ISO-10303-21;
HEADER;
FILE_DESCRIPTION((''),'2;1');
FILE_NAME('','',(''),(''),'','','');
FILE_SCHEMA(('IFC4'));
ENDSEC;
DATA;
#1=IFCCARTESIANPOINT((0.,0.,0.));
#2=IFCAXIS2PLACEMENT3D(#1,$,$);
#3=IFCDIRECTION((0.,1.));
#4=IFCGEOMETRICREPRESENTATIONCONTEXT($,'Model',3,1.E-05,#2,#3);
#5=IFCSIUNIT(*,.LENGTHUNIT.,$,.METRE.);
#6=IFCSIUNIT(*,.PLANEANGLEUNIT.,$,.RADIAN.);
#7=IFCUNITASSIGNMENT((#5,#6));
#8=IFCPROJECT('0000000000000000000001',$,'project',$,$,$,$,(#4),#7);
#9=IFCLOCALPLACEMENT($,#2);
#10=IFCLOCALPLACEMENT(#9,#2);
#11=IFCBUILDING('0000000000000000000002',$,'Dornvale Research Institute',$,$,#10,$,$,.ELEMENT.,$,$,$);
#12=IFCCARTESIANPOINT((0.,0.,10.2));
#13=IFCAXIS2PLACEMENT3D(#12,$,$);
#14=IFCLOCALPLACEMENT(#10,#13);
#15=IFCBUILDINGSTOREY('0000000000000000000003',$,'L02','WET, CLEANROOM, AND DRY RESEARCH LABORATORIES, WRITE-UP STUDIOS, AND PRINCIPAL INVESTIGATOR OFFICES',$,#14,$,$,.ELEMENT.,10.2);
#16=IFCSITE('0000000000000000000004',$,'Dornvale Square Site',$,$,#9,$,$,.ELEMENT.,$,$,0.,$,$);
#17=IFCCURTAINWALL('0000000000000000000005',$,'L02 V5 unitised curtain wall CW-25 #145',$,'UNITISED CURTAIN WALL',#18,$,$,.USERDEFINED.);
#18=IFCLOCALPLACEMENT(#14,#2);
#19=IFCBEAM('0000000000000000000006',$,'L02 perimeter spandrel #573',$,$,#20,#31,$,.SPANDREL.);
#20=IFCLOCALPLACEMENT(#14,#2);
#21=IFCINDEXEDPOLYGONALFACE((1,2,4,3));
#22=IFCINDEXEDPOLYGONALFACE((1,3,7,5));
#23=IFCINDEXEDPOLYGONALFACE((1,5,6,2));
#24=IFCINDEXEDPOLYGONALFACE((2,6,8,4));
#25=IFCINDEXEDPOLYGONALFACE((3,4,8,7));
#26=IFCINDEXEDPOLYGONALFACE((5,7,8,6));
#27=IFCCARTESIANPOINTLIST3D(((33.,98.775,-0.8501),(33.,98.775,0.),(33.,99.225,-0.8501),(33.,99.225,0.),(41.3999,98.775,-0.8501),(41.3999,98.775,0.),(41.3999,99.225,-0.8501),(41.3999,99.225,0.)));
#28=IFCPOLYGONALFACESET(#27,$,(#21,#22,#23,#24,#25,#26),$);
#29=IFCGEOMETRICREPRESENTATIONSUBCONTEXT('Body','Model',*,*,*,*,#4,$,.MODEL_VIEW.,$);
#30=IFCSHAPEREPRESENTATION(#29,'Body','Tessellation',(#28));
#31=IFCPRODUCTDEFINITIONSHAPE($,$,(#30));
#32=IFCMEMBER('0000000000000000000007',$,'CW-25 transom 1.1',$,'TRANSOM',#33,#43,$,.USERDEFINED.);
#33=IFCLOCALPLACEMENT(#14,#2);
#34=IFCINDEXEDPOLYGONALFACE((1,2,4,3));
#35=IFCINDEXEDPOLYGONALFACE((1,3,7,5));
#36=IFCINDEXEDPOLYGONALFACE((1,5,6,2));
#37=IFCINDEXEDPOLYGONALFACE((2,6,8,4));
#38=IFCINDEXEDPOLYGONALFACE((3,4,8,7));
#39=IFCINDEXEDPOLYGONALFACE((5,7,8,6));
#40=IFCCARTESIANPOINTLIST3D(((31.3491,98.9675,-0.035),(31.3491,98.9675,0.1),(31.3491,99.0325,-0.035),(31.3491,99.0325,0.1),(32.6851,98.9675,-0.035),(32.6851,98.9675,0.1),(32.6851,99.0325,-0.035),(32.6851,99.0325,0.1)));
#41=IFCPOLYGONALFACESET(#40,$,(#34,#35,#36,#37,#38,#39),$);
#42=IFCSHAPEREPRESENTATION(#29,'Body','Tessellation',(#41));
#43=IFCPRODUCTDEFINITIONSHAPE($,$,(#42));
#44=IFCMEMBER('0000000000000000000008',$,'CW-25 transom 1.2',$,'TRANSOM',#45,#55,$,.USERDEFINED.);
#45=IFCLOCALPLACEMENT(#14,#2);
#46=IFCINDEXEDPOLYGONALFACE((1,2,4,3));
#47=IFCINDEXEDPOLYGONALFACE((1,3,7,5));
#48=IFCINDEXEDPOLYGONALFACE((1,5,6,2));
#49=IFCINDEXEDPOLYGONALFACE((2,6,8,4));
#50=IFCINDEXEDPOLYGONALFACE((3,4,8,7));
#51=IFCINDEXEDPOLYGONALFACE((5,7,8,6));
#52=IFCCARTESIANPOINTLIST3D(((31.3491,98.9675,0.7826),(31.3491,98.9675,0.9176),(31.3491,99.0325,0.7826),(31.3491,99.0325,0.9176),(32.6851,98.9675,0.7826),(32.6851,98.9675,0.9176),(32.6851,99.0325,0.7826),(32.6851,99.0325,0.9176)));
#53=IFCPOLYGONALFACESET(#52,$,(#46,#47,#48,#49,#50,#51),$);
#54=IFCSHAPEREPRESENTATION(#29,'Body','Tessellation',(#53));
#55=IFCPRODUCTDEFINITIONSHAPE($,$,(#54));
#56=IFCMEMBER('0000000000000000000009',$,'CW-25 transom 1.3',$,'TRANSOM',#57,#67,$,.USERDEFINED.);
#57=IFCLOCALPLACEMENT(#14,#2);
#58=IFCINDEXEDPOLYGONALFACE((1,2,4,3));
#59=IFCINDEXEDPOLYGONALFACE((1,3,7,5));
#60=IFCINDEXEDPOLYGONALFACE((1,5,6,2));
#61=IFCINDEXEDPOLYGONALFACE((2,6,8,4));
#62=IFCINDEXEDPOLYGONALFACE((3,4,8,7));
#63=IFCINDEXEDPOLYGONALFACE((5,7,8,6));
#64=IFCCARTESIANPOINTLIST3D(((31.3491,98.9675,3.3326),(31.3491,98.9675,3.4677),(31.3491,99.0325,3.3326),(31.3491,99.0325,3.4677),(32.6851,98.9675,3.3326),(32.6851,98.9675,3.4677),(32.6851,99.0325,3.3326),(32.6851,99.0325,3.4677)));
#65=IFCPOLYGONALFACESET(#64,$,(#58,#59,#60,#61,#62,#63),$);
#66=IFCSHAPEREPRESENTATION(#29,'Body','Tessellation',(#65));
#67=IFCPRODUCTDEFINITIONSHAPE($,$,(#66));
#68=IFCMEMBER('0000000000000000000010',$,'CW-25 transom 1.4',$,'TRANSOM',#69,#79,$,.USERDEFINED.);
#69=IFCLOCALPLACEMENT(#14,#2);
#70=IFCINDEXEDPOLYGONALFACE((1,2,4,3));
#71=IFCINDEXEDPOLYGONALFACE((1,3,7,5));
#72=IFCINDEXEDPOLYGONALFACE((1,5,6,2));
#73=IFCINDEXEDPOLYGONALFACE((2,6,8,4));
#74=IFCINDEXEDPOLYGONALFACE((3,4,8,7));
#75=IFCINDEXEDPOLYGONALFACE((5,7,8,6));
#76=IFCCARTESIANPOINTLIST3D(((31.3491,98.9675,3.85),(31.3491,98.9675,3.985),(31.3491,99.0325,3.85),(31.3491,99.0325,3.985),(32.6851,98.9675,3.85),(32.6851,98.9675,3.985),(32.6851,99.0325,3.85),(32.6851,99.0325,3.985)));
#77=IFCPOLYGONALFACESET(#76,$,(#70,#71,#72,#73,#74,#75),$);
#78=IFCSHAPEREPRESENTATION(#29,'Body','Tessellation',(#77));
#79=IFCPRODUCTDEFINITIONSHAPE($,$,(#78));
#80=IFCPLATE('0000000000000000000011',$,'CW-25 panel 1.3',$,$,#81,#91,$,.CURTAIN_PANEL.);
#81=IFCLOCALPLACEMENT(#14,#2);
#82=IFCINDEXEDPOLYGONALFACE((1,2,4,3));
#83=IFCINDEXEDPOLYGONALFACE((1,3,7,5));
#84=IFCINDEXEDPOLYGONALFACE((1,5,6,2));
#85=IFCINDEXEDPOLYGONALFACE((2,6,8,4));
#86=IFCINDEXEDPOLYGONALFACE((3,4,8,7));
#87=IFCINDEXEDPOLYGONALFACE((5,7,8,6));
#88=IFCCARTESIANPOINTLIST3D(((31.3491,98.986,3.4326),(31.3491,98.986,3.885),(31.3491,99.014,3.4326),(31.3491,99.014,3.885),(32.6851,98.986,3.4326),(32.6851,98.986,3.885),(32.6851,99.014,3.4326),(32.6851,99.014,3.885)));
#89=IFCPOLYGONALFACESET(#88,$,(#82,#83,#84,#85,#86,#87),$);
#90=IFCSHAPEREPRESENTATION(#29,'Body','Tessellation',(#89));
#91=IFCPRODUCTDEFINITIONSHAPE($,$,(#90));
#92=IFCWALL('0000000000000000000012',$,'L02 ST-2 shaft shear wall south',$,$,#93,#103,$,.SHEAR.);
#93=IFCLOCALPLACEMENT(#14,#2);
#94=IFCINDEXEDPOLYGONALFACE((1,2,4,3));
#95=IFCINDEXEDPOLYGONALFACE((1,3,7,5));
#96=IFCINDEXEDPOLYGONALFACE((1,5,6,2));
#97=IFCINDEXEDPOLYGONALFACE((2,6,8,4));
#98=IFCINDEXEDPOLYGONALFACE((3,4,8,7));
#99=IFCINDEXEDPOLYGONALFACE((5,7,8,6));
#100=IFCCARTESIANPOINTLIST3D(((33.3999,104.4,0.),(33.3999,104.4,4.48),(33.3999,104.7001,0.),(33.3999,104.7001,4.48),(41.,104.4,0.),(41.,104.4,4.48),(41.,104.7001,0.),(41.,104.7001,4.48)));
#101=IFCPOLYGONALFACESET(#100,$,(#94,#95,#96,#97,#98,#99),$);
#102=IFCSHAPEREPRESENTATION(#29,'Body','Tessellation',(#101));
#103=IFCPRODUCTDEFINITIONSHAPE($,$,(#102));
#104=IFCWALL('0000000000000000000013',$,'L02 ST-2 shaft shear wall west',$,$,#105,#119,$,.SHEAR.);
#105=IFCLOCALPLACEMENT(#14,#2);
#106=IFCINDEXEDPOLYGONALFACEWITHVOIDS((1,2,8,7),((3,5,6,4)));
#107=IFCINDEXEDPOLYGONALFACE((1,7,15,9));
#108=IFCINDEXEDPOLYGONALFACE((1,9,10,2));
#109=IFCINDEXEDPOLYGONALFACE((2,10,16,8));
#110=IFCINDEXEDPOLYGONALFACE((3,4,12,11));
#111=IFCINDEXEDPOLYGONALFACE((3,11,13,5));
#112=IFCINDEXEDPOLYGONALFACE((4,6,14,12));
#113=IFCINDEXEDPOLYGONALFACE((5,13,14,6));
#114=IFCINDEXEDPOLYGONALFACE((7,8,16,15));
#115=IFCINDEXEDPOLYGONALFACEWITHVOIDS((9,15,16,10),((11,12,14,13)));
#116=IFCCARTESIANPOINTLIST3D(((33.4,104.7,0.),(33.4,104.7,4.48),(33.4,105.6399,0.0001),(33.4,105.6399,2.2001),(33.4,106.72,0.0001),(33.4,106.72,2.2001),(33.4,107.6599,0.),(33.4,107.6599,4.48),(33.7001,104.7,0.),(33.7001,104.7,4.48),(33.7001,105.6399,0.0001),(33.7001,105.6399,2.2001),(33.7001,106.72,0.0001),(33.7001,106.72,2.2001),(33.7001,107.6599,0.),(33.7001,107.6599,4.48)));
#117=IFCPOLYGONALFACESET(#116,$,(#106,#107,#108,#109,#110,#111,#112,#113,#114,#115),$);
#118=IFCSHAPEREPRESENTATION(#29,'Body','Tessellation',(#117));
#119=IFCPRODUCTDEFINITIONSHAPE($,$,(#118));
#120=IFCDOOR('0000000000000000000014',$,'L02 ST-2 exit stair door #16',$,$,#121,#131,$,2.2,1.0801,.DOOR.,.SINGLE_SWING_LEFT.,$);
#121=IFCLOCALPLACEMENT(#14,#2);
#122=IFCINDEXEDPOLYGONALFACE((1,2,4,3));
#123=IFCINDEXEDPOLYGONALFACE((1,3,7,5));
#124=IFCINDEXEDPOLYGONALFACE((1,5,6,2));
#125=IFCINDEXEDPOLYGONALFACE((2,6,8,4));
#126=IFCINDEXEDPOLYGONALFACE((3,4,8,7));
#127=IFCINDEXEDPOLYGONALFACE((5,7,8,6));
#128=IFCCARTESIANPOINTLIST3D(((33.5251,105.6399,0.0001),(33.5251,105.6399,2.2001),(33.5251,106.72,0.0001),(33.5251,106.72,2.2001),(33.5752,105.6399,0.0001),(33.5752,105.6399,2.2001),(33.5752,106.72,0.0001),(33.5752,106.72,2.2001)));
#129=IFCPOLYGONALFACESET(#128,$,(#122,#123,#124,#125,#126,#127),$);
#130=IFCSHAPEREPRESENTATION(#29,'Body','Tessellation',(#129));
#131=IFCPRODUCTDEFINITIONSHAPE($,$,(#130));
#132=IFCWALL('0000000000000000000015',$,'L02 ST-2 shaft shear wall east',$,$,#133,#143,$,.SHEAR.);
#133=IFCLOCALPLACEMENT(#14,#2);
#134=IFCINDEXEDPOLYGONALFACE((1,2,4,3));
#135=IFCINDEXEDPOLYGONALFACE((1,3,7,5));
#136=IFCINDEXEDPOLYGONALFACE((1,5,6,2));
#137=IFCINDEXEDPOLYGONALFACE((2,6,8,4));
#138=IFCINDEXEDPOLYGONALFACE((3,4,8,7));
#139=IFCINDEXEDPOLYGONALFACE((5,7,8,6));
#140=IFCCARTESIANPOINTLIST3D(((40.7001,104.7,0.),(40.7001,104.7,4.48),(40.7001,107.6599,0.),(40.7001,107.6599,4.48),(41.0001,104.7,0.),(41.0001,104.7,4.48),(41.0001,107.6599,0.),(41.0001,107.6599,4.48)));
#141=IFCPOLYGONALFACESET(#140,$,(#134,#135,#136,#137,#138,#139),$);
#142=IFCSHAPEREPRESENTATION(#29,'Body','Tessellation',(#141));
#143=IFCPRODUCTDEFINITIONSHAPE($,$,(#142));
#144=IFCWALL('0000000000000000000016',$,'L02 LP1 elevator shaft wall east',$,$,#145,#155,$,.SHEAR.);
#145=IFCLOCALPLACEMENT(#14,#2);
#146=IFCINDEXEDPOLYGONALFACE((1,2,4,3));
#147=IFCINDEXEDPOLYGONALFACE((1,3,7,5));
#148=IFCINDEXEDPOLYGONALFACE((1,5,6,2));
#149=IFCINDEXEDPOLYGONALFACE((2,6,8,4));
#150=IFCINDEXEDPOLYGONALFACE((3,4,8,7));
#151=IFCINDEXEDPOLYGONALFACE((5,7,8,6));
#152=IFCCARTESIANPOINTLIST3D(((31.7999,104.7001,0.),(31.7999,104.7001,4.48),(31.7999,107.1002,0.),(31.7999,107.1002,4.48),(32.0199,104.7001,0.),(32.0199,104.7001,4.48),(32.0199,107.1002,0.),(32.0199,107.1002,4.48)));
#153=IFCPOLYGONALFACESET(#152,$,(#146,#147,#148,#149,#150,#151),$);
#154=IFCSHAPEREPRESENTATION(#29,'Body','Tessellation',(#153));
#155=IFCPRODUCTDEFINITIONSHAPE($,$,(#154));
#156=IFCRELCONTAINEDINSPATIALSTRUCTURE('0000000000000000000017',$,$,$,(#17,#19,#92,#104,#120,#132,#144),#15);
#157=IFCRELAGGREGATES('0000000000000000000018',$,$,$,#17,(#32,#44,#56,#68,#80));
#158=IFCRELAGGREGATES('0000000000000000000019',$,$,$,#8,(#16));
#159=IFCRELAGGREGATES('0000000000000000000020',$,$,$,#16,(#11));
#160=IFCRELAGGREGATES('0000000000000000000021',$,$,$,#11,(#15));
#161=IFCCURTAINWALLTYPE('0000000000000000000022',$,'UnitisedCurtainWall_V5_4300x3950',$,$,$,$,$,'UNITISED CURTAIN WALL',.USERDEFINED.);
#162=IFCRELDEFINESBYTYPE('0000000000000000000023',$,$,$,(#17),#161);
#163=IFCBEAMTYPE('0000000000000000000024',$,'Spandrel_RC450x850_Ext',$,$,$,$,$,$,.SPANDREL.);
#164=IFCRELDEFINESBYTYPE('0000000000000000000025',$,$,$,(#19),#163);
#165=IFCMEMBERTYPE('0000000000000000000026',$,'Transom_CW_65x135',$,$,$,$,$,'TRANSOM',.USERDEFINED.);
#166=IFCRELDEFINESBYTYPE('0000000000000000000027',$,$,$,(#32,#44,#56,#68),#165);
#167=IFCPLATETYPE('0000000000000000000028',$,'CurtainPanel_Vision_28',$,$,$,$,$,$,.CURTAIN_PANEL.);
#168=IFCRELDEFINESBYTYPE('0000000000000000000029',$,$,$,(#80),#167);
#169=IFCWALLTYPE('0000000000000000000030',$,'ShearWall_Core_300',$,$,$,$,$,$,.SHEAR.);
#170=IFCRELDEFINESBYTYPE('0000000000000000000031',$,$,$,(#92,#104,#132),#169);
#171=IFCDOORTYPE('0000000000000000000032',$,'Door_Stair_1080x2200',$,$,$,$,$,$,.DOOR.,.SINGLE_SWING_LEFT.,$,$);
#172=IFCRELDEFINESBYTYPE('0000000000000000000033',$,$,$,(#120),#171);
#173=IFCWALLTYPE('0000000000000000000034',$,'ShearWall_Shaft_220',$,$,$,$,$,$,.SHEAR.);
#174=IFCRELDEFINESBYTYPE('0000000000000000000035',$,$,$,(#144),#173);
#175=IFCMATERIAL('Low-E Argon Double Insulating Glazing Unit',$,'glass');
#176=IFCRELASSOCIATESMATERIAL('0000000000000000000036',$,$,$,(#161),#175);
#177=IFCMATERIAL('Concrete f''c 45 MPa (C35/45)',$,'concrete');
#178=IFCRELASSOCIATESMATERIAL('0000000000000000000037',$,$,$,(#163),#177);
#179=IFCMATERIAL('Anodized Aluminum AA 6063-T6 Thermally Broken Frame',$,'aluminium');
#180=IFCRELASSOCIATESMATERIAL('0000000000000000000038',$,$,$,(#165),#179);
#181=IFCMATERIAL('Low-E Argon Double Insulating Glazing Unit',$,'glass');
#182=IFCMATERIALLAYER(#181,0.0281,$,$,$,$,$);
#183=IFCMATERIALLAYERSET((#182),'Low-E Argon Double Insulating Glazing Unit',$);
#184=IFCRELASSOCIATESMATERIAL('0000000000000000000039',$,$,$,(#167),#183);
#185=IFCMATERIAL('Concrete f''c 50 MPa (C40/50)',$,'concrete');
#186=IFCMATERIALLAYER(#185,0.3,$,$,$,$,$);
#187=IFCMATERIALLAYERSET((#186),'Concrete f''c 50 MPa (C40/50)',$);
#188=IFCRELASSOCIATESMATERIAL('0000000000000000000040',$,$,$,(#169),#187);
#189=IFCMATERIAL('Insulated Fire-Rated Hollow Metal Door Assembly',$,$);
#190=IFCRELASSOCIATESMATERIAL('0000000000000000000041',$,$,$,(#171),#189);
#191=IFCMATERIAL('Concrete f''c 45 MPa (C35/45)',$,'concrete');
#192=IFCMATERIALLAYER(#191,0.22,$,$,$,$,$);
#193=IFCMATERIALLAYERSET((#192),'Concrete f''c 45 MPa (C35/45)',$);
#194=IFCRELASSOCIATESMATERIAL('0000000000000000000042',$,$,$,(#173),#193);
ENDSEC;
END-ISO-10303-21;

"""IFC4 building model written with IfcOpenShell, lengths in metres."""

from ifc_helpers import new_model, si_unit, direction, frame, frame_2d, origin, origin_2d, place, context, subcontext, project, spatial, rectangle, extrude, material, layer, layer_set, material_profile, profile_set, type_object, element, fill, aggregate, save


model = new_model("IFC4")

# Units and contexts
model_context = context("Model", 3, precision=1e-05, world=origin(), true_north=direction((0.0, 1.0)))
body_context = subcontext(model_context, "Body", "Model", "MODEL_VIEW")
ifc_project = project(units=[si_unit("LENGTHUNIT", "METRE"), si_unit("PLANEANGLEUNIT", "RADIAN")], contexts=[model_context])

# Site, building, storey
site_placement = place(None, origin())
site = spatial("IfcSite", under=ifc_project, at=site_placement, Name="Dornvale Square Site", CompositionType="ELEMENT", RefElevation=0.0)
building_placement = place(site_placement, origin())
building = spatial("IfcBuilding", under=site, at=building_placement, Name="Dornvale Research Institute", CompositionType="ELEMENT")
storey_placement = place(building_placement, frame((0.0, 0.0, 10.2)))
storey = spatial("IfcBuildingStorey", under=building, at=storey_placement, Name="L02", Description="WET, CLEANROOM, AND DRY RESEARCH LABORATORIES, WRITE-UP STUDIOS, AND PRINCIPAL INVESTIGATOR OFFICES", CompositionType="ELEMENT", Elevation=10.2)

# Curtain wall
ifc_material_1 = material(Name="Low-E Argon Double Insulating Glazing Unit", Category="glass")
curtain_wall_type = type_object("IfcCurtainWallType", Name="UnitisedCurtainWall_V5_4300x3950", ElementType="UNITISED CURTAIN WALL", PredefinedType="USERDEFINED", material=ifc_material_1)
curtain_wall_placement = place(storey_placement, origin())
curtain_wall = element("IfcCurtainWall", 1, at=curtain_wall_placement, inside=storey, type_object=curtain_wall_type, Name="L02 V5 unitised curtain wall CW-25 #145", ObjectType="UNITISED CURTAIN WALL", PredefinedType="USERDEFINED")

# Beam
ifc_material_2 = material(Name="Concrete f'c 45 MPa (C35/45)", Category="concrete")
ifc_material_profile_1 = material_profile(ifc_material_2, rectangle(XDim=0.45, YDim=0.8501, at=origin_2d()), Name="RC 450x850")
ifc_profile_set_1 = profile_set([ifc_material_profile_1], Name="Concrete f'c 45 MPa (C35/45)")
beam_type_1 = type_object("IfcBeamType", Name="Spandrel_RC450x850_Ext", PredefinedType="SPANDREL", material=ifc_profile_set_1)
beam_1_placement = place(storey_placement, frame((33.0, 99.0, -0.425), z_axis=(1.0, 0.0, 0.0), x_axis=(0.0, 1.0, 0.0)))
element("IfcBeam", 2, at=beam_1_placement, inside=storey, type_object=beam_type_1, Name="L02 perimeter spandrel #573", PredefinedType="SPANDREL", context=body_context, shape_type="SweptSolid", body=[
    extrude(rectangle(XDim=0.45, YDim=0.8501, at=origin_2d()), origin(), (0.0, 0.0, 1.0), 8.3999),
])

# Members
ifc_material_3 = material(Name="Anodized Aluminum AA 6063-T6 Thermally Broken Frame", Category="aluminium")
ifc_material_profile_2 = material_profile(ifc_material_3, rectangle(XDim=0.0649, YDim=0.135, at=origin_2d()), Name="ALU TRANSOM 65x135")
ifc_profile_set_2 = profile_set([ifc_material_profile_2], Name="Anodized Aluminum AA 6063-T6 Thermally Broken Frame")
member_type_1 = type_object("IfcMemberType", Name="Transom_CW_65x135", ElementType="TRANSOM", PredefinedType="USERDEFINED", material=ifc_profile_set_2)
member_1_placement = place(storey_placement, frame((32.6851, 99.0, 0.0325), z_axis=(-1.0, 0.0, 0.0), x_axis=(0.0, -1.0, 0.0)))
member_1 = element("IfcMember", 3, at=member_1_placement, type_object=member_type_1, Name="CW-25 transom 1.1", ObjectType="TRANSOM", PredefinedType="USERDEFINED", context=body_context, shape_type="SweptSolid", body=[
    extrude(rectangle(XDim=0.0649, YDim=0.135, at=origin_2d()), origin(), (0.0, 0.0, 1.0), 1.3359),
])
member_2_placement = place(storey_placement, frame((32.6851, 99.0, 0.8501), z_axis=(-1.0, 0.0, 0.0), x_axis=(0.0, -1.0, 0.0)))
member_2 = element("IfcMember", 4, at=member_2_placement, type_object=member_type_1, Name="CW-25 transom 1.2", ObjectType="TRANSOM", PredefinedType="USERDEFINED", context=body_context, shape_type="SweptSolid", body=[
    extrude(rectangle(XDim=0.0649, YDim=0.135, at=origin_2d()), origin(), (0.0, 0.0, 1.0), 1.3359),
])
member_3_placement = place(storey_placement, frame((32.6851, 99.0, 3.4001), z_axis=(-1.0, 0.0, 0.0), x_axis=(0.0, -1.0, 0.0)))
member_3 = element("IfcMember", 5, at=member_3_placement, type_object=member_type_1, Name="CW-25 transom 1.3", ObjectType="TRANSOM", PredefinedType="USERDEFINED", context=body_context, shape_type="SweptSolid", body=[
    extrude(rectangle(XDim=0.0649, YDim=0.135, at=origin_2d()), origin(), (0.0, 0.0, 1.0), 1.3359),
])
member_4_placement = place(storey_placement, frame((32.6851, 99.0, 3.9175), z_axis=(-1.0, 0.0, 0.0), x_axis=(0.0, -1.0, 0.0)))
member_4 = element("IfcMember", 6, at=member_4_placement, type_object=member_type_1, Name="CW-25 transom 1.4", ObjectType="TRANSOM", PredefinedType="USERDEFINED", context=body_context, shape_type="SweptSolid", body=[
    extrude(rectangle(XDim=0.0649, YDim=0.135, at=origin_2d()), origin(), (0.0, 0.0, 1.0), 1.3359),
])

# Plate
ifc_material_4 = material(Name="Low-E Argon Double Insulating Glazing Unit", Category="glass")
ifc_layer_1 = layer(ifc_material_4, 0.0281)
ifc_layer_set_1 = layer_set([ifc_layer_1], Name="Low-E Argon Double Insulating Glazing Unit")
plate_type = type_object("IfcPlateType", Name="CurtainPanel_Vision_28", PredefinedType="CURTAIN_PANEL", material=ifc_layer_set_1)
plate_placement = place(storey_placement, frame((32.0171, 99.0, 3.4326), z_axis=(0.0, 0.0, 1.0), x_axis=(-1.0, 0.0, 0.0)))
plate = element("IfcPlate", 7, at=plate_placement, type_object=plate_type, Name="CW-25 panel 1.3", PredefinedType="CURTAIN_PANEL", context=body_context, shape_type="SweptSolid", body=[
    extrude(rectangle(XDim=1.3359, YDim=0.0281, at=origin_2d()), origin(), (0.0, 0.0, 1.0), 0.4524),
])
aggregate(curtain_wall, [member_1, member_2, member_3, member_4, plate])

# Wall
ifc_material_5 = material(Name="Concrete f'c 50 MPa (C40/50)", Category="concrete")
ifc_layer_2 = layer(ifc_material_5, 0.3)
ifc_layer_set_2 = layer_set([ifc_layer_2], Name="Concrete f'c 50 MPa (C40/50)")
wall_type_1 = type_object("IfcWallType", Name="ShearWall_Core_300", PredefinedType="SHEAR", material=ifc_layer_set_2)
wall_1_placement = place(storey_placement, frame((33.3999, 104.55, 0.0), z_axis=(0.0, 0.0, 1.0), x_axis=(1.0, 0.0, 0.0)))
element("IfcWall", 8, at=wall_1_placement, inside=storey, type_object=wall_type_1, Name="L02 ST-2 shaft shear wall south", PredefinedType="SHEAR", context=body_context, shape_type="SweptSolid", body=[
    extrude(rectangle(XDim=7.6001, YDim=0.3, at=frame_2d((3.8, 0.0))), origin(), (0.0, 0.0, 1.0), 4.48),
])

# Wall, opening, door
wall_2_placement = place(storey_placement, frame((33.55, 104.7, 0.0), z_axis=(0.0, 0.0, 1.0), x_axis=(0.0, 1.0, 0.0)))
wall_2 = element("IfcWall", 9, at=wall_2_placement, inside=storey, type_object=wall_type_1, Name="L02 ST-2 shaft shear wall west", PredefinedType="SHEAR", context=body_context, shape_type="SweptSolid", body=[
    extrude(rectangle(XDim=2.96, YDim=0.3, at=frame_2d((1.48, 0.0))), origin(), (0.0, 0.0, 1.0), 4.48),
])
opening_1_placement = place(wall_2_placement, frame((0.9399, 0.0, 0.0)))
opening_1 = element("IfcOpeningElement", 10, at=opening_1_placement, cuts=wall_2, PredefinedType="OPENING", context=body_context, shape_type="SweptSolid", body=[
    extrude(rectangle(XDim=1.0801, YDim=2.2, at=frame_2d((0.54, 1.1001))), frame((0.0, 0.165, 0.0), z_axis=(0.0, -1.0, 0.0), x_axis=(1.0, 0.0, 0.0)), (0.0, 0.0, 1.0), 0.3301),
])
ifc_material_6 = material(Name="Insulated Fire-Rated Hollow Metal Door Assembly")
door_type = type_object("IfcDoorType", Name="Door_Stair_1080x2200", OperationType="SINGLE_SWING_LEFT", PredefinedType="DOOR", material=ifc_material_6)
door_placement = place(opening_1_placement, origin())
door = element("IfcDoor", 11, at=door_placement, inside=storey, type_object=door_type, Name="L02 ST-2 exit stair door #16", OperationType="SINGLE_SWING_LEFT", OverallHeight=2.2, OverallWidth=1.0801, PredefinedType="DOOR", context=body_context, shape_type="SweptSolid", body=[
    extrude(rectangle(XDim=1.0801, YDim=2.2, at=frame_2d((0.54, 1.1001))), frame((0.0, 0.0249, 0.0), z_axis=(0.0, -1.0, 0.0), x_axis=(1.0, 0.0, 0.0)), (0.0, 0.0, 1.0), 0.05),
])
fill(opening_1, door)

# Walls
wall_3_placement = place(storey_placement, frame((40.8501, 104.7, 0.0), z_axis=(0.0, 0.0, 1.0), x_axis=(0.0, 1.0, 0.0)))
element("IfcWall", 12, at=wall_3_placement, inside=storey, type_object=wall_type_1, Name="L02 ST-2 shaft shear wall east", PredefinedType="SHEAR", context=body_context, shape_type="SweptSolid", body=[
    extrude(rectangle(XDim=2.96, YDim=0.3, at=frame_2d((1.48, 0.0))), origin(), (0.0, 0.0, 1.0), 4.48),
])
ifc_material_7 = material(Name="Concrete f'c 45 MPa (C35/45)", Category="concrete")
ifc_layer_3 = layer(ifc_material_7, 0.22)
ifc_layer_set_3 = layer_set([ifc_layer_3], Name="Concrete f'c 45 MPa (C35/45)")
wall_type_2 = type_object("IfcWallType", Name="ShearWall_Shaft_220", PredefinedType="SHEAR", material=ifc_layer_set_3)
wall_4_placement = place(storey_placement, frame((31.9099, 104.7, 0.0), z_axis=(0.0, 0.0, 1.0), x_axis=(0.0, 1.0, 0.0)))
element("IfcWall", 13, at=wall_4_placement, inside=storey, type_object=wall_type_2, Name="L02 LP1 elevator shaft wall east", PredefinedType="SHEAR", context=body_context, shape_type="SweptSolid", body=[
    extrude(rectangle(XDim=2.4001, YDim=0.22, at=frame_2d((1.2002, 0.0))), origin(), (0.0, 0.0, 1.0), 4.48),
])

save(model, "model.ifc")
